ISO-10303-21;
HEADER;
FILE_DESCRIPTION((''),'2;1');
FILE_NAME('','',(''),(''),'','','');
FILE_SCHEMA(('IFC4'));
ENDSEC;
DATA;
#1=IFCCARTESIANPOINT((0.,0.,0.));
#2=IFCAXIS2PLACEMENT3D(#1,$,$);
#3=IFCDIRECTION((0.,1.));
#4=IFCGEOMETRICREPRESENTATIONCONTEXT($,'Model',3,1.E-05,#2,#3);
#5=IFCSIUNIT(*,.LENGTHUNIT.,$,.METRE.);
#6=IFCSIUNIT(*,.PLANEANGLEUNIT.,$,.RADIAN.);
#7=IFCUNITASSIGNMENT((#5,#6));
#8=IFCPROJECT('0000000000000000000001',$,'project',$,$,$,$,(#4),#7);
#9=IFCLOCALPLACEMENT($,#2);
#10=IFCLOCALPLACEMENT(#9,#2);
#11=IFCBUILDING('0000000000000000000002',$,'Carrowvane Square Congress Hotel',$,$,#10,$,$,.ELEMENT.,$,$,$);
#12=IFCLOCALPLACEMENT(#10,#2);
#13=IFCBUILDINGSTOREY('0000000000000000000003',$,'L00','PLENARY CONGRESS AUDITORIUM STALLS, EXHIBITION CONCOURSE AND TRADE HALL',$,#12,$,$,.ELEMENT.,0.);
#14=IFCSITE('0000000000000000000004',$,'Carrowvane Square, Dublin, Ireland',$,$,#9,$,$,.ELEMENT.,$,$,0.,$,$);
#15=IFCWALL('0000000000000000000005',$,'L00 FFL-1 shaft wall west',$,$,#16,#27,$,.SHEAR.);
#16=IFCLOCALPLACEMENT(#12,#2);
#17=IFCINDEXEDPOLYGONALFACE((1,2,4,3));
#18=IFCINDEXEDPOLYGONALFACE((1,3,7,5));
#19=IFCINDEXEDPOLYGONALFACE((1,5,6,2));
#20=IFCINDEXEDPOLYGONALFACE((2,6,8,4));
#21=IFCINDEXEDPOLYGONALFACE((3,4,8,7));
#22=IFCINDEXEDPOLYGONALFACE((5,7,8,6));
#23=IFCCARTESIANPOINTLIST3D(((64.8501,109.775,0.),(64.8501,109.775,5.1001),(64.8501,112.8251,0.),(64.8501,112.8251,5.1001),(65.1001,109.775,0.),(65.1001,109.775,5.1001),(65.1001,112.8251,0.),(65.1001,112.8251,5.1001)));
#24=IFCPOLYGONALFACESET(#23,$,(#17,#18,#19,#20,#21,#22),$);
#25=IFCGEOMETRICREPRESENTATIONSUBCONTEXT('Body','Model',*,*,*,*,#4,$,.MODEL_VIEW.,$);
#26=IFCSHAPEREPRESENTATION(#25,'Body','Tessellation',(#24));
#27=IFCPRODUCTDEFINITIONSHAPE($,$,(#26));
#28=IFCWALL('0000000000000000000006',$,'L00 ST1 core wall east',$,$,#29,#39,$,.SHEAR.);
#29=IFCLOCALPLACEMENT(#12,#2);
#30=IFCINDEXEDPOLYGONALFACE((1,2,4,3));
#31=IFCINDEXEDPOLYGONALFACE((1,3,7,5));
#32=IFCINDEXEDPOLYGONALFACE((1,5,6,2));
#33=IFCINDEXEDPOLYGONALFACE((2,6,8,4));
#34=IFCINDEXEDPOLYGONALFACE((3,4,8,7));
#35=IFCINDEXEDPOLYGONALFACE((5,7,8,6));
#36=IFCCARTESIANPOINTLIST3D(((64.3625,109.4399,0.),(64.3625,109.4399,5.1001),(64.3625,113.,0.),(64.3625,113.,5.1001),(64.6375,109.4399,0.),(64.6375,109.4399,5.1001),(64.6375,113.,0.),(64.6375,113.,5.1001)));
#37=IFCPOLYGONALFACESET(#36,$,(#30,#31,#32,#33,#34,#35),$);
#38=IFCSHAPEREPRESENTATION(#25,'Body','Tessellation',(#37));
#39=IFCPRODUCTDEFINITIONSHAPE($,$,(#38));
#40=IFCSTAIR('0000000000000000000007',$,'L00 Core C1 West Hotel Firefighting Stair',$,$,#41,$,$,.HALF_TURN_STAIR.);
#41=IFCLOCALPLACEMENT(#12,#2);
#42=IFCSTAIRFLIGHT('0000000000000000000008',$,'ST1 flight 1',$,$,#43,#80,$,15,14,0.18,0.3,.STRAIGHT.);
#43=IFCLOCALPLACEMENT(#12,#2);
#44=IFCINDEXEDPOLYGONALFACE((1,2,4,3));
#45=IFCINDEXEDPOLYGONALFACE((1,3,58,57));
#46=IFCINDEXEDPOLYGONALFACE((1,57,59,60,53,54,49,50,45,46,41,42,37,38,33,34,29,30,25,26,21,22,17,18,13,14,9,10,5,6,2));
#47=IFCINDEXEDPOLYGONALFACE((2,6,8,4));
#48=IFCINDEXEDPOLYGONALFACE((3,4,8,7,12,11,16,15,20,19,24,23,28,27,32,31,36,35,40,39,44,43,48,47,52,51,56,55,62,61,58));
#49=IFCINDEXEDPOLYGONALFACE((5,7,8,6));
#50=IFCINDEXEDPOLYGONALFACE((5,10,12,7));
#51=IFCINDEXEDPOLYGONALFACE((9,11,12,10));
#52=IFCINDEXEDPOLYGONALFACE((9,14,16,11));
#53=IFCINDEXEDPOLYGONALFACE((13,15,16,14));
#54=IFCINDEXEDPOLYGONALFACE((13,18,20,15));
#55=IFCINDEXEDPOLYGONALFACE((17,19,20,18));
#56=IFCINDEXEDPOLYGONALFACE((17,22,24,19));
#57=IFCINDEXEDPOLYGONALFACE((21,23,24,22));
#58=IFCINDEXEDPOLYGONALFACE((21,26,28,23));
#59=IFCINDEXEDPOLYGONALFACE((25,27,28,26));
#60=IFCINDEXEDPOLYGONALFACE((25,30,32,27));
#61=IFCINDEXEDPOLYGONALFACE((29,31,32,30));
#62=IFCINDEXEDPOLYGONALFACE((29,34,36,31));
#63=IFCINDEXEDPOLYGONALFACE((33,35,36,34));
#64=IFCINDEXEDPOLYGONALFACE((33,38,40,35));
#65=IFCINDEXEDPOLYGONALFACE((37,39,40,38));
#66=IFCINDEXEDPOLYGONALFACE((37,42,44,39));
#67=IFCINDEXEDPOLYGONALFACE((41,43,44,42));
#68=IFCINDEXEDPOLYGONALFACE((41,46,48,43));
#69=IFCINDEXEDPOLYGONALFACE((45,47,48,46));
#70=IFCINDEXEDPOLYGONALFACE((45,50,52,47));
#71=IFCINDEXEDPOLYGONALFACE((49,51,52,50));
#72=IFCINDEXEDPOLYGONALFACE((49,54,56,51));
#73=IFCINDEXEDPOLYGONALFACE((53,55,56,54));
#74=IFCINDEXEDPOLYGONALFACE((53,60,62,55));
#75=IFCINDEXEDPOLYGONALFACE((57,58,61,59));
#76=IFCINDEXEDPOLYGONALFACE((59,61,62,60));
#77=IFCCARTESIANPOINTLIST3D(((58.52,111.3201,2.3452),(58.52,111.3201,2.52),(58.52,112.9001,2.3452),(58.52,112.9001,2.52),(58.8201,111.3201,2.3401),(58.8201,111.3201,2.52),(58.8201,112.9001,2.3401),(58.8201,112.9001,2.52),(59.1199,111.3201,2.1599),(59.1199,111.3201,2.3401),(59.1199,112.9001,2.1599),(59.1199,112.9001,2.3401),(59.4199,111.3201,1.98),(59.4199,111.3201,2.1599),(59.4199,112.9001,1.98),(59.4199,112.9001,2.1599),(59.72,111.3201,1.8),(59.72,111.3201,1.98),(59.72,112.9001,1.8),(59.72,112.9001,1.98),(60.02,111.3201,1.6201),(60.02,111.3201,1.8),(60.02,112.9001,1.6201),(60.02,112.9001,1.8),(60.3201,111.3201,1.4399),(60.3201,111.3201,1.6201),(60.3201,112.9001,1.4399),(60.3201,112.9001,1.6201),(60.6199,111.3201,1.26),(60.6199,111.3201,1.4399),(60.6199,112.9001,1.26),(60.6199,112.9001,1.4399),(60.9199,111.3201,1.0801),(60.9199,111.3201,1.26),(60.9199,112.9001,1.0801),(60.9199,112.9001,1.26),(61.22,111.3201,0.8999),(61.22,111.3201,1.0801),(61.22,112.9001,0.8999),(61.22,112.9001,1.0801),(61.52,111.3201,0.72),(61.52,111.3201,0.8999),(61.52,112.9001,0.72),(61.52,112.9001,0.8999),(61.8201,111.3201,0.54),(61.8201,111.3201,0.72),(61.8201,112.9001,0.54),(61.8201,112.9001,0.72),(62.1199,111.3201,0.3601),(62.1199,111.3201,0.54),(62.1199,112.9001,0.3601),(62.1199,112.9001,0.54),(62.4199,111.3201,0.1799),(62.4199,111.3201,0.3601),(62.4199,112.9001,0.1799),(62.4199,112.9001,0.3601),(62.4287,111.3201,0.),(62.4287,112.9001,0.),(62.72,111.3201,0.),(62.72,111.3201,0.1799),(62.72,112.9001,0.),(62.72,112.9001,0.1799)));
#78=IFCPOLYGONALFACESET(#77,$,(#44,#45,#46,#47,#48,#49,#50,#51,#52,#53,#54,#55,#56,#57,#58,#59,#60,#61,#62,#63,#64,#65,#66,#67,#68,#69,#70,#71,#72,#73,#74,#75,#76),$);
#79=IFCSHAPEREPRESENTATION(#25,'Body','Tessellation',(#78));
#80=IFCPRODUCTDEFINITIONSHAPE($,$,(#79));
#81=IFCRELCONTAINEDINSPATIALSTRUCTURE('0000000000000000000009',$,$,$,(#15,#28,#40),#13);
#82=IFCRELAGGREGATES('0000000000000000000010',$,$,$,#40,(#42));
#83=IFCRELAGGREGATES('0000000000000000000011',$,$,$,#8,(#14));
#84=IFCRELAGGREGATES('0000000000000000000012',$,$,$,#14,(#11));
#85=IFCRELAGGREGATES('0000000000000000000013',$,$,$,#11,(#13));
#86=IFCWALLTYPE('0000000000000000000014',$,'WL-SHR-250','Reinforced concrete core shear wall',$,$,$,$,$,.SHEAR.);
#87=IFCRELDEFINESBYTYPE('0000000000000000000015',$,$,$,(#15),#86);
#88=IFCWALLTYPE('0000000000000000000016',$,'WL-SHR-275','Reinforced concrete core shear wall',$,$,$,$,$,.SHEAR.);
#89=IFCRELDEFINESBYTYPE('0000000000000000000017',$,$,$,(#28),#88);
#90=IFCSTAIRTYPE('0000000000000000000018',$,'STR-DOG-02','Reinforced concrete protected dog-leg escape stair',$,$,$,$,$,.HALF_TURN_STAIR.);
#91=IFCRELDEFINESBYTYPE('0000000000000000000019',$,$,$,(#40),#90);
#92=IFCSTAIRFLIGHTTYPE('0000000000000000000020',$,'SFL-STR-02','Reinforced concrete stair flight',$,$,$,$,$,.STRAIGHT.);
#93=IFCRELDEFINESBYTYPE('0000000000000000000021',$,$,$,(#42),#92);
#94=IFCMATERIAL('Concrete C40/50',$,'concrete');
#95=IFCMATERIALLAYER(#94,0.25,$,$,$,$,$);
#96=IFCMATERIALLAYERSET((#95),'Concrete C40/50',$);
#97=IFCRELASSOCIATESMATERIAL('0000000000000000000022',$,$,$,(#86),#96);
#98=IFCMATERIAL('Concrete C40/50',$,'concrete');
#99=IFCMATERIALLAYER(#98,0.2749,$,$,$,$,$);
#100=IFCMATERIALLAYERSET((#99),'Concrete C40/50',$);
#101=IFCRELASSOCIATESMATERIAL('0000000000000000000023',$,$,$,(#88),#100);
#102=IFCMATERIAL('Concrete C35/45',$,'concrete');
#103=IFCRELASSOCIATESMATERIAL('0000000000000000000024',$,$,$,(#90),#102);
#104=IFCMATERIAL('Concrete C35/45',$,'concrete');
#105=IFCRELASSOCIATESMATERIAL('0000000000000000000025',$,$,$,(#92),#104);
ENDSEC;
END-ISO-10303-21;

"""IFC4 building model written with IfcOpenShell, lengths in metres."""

from ifc_helpers import new_model, si_unit, direction, frame, frame_2d, origin, place, context, subcontext, project, spatial, polyline, rectangle, outline, extrude, material, layer, layer_set, type_object, element, aggregate, save


model = new_model("IFC4")

# Units and contexts
model_context = context("Model", 3, precision=1e-05, world=origin(), true_north=direction((0.0, 1.0)))
body_context = subcontext(model_context, "Body", "Model", "MODEL_VIEW")
ifc_project = project(units=[si_unit("LENGTHUNIT", "METRE"), si_unit("PLANEANGLEUNIT", "RADIAN")], contexts=[model_context])

# Site, building, storey
site_placement = place(None, origin())
site = spatial("IfcSite", under=ifc_project, at=site_placement, Name="Carrowvane Square, Dublin, Ireland", CompositionType="ELEMENT", RefElevation=0.0)
building_placement = place(site_placement, origin())
building = spatial("IfcBuilding", under=site, at=building_placement, Name="Carrowvane Square Congress Hotel", CompositionType="ELEMENT")
storey_placement = place(building_placement, origin())
storey = spatial("IfcBuildingStorey", under=building, at=storey_placement, Name="L00", Description="PLENARY CONGRESS AUDITORIUM STALLS, EXHIBITION CONCOURSE AND TRADE HALL", CompositionType="ELEMENT", Elevation=0.0)

# Shared definitions
ifc_material_1 = material(Name="Concrete C40/50", Category="concrete")
ifc_layer_1 = layer(ifc_material_1, 0.25)
ifc_layer_set_1 = layer_set([ifc_layer_1], Name="Concrete C40/50")
wall_type_1 = type_object("IfcWallType", Name="WL-SHR-250", Description="Reinforced concrete core shear wall", PredefinedType="SHEAR", material=ifc_layer_set_1)

# Walls
wall_1_placement = place(storey_placement, frame((64.9751, 112.825, 0.0), z_axis=(0.0, 0.0, 1.0), x_axis=(0.0, -1.0, 0.0)))
element("IfcWall", 1, at=wall_1_placement, inside=storey, type_object=wall_type_1, Name="L00 FFL-1 shaft wall west", PredefinedType="SHEAR", context=body_context, shape_type="SweptSolid", body=[
    extrude(rectangle(XDim=3.05, YDim=0.25, at=frame_2d((1.5249, 0.0))), origin(), (0.0, 0.0, 1.0), 5.1001),
])
ifc_material_2 = material(Name="Concrete C40/50", Category="concrete")
ifc_layer_2 = layer(ifc_material_2, 0.2749)
ifc_layer_set_2 = layer_set([ifc_layer_2], Name="Concrete C40/50")
wall_type_2 = type_object("IfcWallType", Name="WL-SHR-275", Description="Reinforced concrete core shear wall", PredefinedType="SHEAR", material=ifc_layer_set_2)
wall_2_placement = place(storey_placement, frame((64.5, 109.4399, 0.0), z_axis=(0.0, 0.0, 1.0), x_axis=(0.0, 1.0, 0.0)))
element("IfcWall", 2, at=wall_2_placement, inside=storey, type_object=wall_type_2, Name="L00 ST1 core wall east", PredefinedType="SHEAR", context=body_context, shape_type="SweptSolid", body=[
    extrude(rectangle(XDim=3.5601, YDim=0.2749, at=frame_2d((1.78, 0.0))), origin(), (0.0, 0.0, 1.0), 5.1001),
])

# Stair, stair flight
ifc_material_3 = material(Name="Concrete C35/45", Category="concrete")
stair_type = type_object("IfcStairType", Name="STR-DOG-02", Description="Reinforced concrete protected dog-leg escape stair", PredefinedType="HALF_TURN_STAIR", material=ifc_material_3)
stair_placement = place(storey_placement, origin())
stair = element("IfcStair", 3, at=stair_placement, inside=storey, type_object=stair_type, Name="L00 Core C1 West Hotel Firefighting Stair", PredefinedType="HALF_TURN_STAIR")
ifc_material_4 = material(Name="Concrete C35/45", Category="concrete")
stair_flight_type = type_object("IfcStairFlightType", Name="SFL-STR-02", Description="Reinforced concrete stair flight", PredefinedType="STRAIGHT", material=ifc_material_4)
stair_flight_placement = place(storey_placement, frame((62.72, 112.1101, 0.0), z_axis=(0.0, 0.0, 1.0), x_axis=(-1.0, 0.0, 0.0)))
stair_flight = element("IfcStairFlight", 4, at=stair_flight_placement, type_object=stair_flight_type, Name="ST1 flight 1", NumberOfRisers=15, NumberOfTreads=14, PredefinedType="STRAIGHT", RiserHeight=0.18, TreadLength=0.3, context=body_context, shape_type="SweptSolid", body=[
    extrude(outline(polyline([(0.0, 0.0), (0.0, 0.1799), (0.3, 0.1799), (0.3, 0.3601), (0.6001, 0.3601), (0.6001, 0.54), (0.8999, 0.54), (0.8999, 0.72), (1.2, 0.72), (1.2, 0.8999), (1.5, 0.8999), (1.5, 1.0801), (1.8, 1.0801), (1.8, 1.26), (2.1001, 1.26), (2.1001, 1.4399), (2.3999, 1.4399), (2.3999, 1.6201), (2.7, 1.6201), (2.7, 1.8), (3.0, 1.8), (3.0, 1.98), (3.3, 1.98), (3.3, 2.1599), (3.6001, 2.1599), (3.6001, 2.3401), (3.8999, 2.3401), (3.8999, 2.52), (4.2, 2.52), (4.2, 2.7), (4.2, 2.3452), (0.2913, 0.0), (0.0, 0.0)])), frame((0.0, 0.79, 0.0), z_axis=(0.0, -1.0, 0.0), x_axis=(1.0, 0.0, 0.0)), (0.0, 0.0, 1.0), 1.5801),
])
aggregate(stair, [stair_flight])

save(model, "model.ifc")
